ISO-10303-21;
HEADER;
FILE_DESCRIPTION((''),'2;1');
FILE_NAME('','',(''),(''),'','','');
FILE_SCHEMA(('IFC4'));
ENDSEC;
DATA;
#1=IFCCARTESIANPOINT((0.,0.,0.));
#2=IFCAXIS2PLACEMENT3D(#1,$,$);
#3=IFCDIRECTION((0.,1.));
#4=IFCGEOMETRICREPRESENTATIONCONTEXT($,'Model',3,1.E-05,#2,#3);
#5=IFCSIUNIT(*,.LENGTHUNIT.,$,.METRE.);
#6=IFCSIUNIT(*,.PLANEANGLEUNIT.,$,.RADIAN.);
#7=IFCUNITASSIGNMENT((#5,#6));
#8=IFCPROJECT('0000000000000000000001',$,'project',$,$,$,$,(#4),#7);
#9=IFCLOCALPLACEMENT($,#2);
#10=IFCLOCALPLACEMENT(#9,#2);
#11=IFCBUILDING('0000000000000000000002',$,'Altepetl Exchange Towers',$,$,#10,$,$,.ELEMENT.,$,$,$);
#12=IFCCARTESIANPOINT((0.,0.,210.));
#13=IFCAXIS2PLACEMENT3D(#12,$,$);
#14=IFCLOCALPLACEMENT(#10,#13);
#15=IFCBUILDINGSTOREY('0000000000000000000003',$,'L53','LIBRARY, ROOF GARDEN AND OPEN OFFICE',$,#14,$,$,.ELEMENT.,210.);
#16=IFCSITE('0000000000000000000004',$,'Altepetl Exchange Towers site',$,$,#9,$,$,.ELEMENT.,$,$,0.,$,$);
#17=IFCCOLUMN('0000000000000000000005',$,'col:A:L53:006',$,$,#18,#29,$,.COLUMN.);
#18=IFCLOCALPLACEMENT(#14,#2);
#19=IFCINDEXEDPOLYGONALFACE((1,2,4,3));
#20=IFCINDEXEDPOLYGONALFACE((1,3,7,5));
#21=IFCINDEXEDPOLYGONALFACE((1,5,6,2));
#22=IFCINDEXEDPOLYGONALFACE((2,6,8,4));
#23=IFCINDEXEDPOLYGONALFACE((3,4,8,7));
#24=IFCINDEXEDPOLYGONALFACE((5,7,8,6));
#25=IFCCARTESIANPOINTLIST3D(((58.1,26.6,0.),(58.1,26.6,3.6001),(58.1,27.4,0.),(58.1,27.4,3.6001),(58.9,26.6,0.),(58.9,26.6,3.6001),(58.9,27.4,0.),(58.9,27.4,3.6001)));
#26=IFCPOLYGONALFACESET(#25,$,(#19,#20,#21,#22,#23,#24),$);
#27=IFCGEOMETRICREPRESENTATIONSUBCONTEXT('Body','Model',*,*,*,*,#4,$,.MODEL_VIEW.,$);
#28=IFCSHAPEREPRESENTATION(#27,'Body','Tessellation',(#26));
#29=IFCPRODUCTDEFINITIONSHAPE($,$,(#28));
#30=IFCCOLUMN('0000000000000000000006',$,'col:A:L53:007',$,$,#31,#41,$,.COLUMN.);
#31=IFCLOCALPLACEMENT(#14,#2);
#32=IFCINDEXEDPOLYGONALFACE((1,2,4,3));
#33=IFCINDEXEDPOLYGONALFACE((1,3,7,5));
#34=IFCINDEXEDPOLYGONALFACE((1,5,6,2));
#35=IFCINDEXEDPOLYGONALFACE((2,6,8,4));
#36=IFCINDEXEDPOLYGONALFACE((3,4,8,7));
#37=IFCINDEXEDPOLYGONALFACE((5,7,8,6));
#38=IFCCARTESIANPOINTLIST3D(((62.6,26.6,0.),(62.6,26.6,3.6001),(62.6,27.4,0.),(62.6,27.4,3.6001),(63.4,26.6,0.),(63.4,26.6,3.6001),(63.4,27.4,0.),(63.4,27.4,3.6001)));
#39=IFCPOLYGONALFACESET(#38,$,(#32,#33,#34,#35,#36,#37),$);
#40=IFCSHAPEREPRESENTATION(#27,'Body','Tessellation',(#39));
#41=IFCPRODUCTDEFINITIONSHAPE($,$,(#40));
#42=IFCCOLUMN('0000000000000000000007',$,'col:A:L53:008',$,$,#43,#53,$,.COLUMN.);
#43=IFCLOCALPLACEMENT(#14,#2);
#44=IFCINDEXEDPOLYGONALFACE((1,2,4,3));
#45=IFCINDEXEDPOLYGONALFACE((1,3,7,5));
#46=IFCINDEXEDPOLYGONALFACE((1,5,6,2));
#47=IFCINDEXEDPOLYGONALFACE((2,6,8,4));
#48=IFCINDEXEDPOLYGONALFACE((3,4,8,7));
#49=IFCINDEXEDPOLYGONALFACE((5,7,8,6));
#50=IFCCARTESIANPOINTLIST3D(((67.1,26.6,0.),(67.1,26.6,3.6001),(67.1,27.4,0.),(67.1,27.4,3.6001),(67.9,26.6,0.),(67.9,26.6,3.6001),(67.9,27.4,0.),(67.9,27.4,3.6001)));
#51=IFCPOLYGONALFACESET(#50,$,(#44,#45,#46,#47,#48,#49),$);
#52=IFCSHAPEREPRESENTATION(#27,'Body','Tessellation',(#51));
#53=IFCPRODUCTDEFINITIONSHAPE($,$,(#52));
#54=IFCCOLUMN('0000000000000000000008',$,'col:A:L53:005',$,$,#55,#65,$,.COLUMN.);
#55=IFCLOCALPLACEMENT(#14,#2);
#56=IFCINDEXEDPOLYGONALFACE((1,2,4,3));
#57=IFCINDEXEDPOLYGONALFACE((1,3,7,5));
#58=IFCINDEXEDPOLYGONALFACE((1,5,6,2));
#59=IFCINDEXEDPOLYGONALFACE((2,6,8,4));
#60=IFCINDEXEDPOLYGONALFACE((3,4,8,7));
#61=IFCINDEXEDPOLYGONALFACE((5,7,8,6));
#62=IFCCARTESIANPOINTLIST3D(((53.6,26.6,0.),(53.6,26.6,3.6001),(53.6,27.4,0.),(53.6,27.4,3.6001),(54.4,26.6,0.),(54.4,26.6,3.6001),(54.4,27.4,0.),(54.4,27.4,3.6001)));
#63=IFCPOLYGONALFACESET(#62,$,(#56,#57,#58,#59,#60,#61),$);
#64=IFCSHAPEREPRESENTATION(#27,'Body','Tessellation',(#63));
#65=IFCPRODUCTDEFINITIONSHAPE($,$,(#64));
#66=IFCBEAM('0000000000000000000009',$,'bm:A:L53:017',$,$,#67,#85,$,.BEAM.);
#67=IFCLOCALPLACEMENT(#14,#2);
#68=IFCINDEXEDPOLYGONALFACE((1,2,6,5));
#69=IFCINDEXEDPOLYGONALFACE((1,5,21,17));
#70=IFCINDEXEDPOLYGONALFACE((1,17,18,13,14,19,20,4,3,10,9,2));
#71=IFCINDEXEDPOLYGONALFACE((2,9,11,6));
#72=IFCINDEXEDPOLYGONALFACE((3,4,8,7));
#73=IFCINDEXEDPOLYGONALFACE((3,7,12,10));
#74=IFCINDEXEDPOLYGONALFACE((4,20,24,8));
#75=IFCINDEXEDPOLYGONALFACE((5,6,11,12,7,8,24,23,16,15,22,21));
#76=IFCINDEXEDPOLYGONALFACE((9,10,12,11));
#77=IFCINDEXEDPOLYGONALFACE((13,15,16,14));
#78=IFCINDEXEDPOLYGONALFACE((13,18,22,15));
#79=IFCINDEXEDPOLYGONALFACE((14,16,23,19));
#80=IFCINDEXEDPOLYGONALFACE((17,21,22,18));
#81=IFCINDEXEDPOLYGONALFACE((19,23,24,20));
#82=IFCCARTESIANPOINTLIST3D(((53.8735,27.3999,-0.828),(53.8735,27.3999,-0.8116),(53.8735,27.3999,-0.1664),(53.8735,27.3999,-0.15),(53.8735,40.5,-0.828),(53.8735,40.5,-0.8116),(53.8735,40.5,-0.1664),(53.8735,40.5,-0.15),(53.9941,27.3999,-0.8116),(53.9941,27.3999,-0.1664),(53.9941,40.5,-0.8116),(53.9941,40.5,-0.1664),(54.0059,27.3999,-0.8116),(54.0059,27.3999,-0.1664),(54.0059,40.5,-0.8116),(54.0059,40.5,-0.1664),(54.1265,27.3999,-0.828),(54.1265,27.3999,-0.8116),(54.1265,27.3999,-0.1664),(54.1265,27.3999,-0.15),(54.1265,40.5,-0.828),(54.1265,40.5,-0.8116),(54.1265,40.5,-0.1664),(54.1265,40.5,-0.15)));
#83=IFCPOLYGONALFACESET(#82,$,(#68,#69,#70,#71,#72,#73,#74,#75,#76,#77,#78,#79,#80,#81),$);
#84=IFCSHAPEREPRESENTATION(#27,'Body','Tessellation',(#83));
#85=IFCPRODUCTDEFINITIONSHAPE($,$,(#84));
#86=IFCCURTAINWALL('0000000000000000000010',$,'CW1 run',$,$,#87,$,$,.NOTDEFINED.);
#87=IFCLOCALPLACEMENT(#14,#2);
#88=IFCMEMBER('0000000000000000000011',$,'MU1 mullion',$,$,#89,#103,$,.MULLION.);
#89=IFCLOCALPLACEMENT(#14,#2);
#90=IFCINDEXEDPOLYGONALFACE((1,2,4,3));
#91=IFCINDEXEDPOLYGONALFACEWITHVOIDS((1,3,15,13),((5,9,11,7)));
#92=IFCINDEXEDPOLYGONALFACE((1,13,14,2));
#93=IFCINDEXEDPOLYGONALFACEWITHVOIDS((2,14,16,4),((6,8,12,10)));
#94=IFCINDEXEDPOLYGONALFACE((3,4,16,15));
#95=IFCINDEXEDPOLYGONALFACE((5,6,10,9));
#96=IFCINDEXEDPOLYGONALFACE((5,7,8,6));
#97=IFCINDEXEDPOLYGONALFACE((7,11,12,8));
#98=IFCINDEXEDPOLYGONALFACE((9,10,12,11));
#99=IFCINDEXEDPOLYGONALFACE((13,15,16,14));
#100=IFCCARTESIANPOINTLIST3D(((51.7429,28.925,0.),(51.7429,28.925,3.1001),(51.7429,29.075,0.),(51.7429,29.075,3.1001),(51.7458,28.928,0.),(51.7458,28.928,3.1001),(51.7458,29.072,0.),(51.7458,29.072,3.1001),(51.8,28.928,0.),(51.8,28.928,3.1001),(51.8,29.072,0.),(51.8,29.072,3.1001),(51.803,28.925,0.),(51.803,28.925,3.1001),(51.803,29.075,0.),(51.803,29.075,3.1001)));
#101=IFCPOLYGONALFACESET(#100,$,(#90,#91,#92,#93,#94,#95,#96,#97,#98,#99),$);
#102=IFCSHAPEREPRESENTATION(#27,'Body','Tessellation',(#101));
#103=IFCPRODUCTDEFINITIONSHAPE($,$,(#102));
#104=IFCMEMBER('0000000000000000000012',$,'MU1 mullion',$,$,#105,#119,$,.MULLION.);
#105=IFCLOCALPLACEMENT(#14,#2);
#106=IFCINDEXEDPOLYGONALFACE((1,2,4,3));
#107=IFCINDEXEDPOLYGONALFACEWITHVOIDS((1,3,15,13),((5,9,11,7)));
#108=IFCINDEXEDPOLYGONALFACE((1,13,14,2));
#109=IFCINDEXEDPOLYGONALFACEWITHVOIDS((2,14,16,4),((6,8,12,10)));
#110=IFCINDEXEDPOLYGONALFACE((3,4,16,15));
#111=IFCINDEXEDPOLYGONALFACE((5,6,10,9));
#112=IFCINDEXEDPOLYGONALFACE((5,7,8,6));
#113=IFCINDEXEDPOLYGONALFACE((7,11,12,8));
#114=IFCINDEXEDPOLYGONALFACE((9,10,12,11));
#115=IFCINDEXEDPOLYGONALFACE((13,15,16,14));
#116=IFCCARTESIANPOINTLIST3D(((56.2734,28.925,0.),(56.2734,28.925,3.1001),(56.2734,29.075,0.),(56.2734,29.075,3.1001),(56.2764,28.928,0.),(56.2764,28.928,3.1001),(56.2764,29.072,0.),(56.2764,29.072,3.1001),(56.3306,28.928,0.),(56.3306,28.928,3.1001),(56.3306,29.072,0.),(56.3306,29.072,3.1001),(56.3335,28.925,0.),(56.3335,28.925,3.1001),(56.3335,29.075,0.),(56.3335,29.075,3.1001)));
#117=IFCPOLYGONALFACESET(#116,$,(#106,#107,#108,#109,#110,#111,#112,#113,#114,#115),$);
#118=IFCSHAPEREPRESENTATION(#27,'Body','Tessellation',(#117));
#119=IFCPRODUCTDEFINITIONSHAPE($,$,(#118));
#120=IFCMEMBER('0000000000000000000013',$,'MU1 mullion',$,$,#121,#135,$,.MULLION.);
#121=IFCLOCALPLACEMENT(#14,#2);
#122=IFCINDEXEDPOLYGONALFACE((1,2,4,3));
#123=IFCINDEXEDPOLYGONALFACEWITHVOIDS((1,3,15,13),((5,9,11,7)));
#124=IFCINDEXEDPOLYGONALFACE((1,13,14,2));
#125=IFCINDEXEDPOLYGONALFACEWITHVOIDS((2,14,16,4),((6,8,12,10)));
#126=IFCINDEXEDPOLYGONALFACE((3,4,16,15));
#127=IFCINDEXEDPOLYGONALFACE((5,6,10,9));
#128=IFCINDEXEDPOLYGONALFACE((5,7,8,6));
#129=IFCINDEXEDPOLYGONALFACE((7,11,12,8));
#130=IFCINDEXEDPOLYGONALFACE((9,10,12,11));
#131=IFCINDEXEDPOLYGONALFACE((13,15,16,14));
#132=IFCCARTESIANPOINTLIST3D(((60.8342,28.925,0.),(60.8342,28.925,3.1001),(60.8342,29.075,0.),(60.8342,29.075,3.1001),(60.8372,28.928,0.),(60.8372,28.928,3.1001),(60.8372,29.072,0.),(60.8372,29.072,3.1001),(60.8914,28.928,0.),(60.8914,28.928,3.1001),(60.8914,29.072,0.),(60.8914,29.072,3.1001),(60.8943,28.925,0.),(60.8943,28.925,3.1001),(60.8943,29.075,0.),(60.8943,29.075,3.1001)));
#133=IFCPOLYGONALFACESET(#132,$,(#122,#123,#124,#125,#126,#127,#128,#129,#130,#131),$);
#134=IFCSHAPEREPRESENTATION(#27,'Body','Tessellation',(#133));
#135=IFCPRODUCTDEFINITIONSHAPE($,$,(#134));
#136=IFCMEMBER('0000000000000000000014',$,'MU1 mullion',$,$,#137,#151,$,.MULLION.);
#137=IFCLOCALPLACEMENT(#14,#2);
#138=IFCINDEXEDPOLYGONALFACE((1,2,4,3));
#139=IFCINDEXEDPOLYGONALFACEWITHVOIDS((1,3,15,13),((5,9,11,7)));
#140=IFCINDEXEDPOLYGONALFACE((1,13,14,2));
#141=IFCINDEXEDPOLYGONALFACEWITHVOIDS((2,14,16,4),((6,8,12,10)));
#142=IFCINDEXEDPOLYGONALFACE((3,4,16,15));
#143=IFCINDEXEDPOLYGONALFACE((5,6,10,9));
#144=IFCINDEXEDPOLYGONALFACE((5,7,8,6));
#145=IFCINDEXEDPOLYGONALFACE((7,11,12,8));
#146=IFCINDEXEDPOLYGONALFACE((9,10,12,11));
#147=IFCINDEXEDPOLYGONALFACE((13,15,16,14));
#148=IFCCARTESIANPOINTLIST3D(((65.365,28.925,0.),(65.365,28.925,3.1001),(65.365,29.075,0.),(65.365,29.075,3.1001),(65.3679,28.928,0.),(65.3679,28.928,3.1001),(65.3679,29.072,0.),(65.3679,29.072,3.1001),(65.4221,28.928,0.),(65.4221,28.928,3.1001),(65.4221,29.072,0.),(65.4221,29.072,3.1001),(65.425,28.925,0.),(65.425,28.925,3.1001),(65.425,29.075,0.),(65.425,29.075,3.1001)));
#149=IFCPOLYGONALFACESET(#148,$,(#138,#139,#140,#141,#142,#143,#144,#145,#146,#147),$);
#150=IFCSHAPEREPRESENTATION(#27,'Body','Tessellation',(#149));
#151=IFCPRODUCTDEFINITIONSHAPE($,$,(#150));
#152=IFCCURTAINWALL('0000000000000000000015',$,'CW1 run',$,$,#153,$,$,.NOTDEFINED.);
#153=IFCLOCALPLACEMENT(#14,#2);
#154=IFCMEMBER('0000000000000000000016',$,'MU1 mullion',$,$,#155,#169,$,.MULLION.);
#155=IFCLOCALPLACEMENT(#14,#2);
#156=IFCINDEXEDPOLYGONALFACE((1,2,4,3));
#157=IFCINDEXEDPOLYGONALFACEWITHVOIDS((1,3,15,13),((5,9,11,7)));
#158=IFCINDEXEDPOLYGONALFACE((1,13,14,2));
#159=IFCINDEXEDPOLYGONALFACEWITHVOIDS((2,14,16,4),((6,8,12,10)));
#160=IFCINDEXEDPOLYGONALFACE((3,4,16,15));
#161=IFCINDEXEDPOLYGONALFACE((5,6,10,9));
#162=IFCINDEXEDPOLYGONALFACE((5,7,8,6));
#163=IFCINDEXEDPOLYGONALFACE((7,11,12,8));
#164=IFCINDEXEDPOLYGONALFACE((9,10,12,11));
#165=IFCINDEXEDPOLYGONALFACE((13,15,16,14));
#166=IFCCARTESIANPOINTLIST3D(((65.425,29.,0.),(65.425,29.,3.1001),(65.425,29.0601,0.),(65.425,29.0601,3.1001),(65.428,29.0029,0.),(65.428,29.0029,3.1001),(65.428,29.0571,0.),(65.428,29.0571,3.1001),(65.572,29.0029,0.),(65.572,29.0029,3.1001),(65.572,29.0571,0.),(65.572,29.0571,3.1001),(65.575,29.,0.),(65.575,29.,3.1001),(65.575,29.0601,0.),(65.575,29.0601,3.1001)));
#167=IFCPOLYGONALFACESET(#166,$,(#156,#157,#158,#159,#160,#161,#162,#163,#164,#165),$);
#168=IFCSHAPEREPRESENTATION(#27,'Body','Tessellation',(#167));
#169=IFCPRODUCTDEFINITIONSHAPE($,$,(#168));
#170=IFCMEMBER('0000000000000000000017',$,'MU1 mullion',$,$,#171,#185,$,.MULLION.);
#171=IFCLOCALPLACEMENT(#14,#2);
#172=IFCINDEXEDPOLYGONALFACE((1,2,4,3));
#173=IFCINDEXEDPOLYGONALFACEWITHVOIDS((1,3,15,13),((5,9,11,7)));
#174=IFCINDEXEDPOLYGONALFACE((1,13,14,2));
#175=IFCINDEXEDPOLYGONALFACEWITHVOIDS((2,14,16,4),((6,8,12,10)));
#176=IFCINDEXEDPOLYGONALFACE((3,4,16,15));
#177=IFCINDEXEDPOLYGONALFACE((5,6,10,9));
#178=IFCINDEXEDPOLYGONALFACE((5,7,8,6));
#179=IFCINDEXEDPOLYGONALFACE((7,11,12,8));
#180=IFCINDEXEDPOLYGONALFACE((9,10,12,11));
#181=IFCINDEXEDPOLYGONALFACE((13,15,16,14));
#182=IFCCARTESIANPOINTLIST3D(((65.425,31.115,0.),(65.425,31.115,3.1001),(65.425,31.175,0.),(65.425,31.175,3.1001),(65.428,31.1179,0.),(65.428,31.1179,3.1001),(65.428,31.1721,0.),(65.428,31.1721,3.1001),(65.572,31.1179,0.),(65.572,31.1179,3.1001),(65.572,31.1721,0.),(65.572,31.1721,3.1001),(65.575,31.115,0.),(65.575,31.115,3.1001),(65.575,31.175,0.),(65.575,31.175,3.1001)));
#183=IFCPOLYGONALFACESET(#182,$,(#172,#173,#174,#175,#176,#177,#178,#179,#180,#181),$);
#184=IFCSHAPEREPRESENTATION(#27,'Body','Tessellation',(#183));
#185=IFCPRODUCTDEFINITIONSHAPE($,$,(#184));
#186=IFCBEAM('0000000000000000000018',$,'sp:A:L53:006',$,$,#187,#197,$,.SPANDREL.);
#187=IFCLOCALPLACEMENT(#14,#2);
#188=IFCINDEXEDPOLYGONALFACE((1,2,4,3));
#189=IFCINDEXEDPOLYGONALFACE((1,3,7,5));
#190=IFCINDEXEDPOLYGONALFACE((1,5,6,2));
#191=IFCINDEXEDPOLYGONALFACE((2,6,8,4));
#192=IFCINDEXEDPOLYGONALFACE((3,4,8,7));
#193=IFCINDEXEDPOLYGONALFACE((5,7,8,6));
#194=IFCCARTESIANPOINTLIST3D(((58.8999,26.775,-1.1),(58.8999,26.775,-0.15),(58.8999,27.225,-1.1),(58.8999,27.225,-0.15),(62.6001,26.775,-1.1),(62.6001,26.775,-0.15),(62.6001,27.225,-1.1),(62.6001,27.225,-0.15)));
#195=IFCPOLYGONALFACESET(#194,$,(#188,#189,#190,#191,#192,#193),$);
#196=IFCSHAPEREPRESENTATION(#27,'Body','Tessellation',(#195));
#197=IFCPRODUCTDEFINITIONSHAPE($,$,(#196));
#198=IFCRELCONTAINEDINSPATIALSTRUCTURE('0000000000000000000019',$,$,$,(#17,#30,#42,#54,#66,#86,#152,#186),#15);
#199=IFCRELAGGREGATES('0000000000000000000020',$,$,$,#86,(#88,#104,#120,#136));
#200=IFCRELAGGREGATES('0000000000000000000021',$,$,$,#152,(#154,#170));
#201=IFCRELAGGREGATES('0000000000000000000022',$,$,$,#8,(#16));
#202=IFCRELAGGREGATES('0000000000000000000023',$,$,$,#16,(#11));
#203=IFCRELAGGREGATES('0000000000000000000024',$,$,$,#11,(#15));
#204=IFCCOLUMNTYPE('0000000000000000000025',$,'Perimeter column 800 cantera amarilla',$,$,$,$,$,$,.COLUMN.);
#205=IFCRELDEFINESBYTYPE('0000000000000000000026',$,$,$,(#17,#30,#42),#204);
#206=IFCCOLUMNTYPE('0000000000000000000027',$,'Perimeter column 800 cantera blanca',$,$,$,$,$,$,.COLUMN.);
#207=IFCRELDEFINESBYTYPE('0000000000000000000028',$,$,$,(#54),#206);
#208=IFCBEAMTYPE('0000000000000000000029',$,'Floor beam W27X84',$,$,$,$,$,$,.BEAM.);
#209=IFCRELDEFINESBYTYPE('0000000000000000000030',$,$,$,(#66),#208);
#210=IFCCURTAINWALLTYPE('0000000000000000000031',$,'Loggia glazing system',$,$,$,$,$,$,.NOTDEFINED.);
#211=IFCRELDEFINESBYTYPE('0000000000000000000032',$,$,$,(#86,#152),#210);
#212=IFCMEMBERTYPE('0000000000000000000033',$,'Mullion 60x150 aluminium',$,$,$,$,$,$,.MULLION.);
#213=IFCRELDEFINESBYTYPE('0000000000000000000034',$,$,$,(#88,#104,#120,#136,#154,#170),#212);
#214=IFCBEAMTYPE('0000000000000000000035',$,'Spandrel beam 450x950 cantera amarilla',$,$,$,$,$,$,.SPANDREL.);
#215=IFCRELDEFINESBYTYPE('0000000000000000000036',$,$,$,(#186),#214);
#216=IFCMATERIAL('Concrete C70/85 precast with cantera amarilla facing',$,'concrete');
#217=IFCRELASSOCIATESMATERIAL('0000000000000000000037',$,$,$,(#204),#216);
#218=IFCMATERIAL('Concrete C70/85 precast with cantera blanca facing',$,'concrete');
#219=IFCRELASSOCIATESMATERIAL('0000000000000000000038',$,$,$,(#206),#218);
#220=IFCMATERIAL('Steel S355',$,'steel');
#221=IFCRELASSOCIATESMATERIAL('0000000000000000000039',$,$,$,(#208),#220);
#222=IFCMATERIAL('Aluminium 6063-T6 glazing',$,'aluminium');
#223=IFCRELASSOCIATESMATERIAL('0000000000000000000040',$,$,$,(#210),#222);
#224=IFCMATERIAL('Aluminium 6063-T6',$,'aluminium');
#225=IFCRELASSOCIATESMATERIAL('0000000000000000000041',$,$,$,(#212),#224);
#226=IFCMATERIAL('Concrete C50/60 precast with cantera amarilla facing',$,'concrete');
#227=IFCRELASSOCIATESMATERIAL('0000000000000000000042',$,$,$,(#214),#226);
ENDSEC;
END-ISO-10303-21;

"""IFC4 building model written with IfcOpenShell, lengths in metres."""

from ifc_helpers import new_model, si_unit, direction, frame, origin, origin_2d, place, context, subcontext, project, spatial, rectangle, hollow_rectangle, i_section, extrude, material, material_profile, profile_set, type_object, element, aggregate, save


model = new_model("IFC4")

# Units and contexts
model_context = context("Model", 3, precision=1e-05, world=origin(), true_north=direction((0.0, 1.0)))
body_context = subcontext(model_context, "Body", "Model", "MODEL_VIEW")
ifc_project = project(units=[si_unit("LENGTHUNIT", "METRE"), si_unit("PLANEANGLEUNIT", "RADIAN")], contexts=[model_context])

# Site, building, storey
site_placement = place(None, origin())
site = spatial("IfcSite", under=ifc_project, at=site_placement, Name="Altepetl Exchange Towers site", CompositionType="ELEMENT", RefElevation=0.0)
building_placement = place(site_placement, origin())
building = spatial("IfcBuilding", under=site, at=building_placement, Name="Altepetl Exchange Towers", CompositionType="ELEMENT")
storey_placement = place(building_placement, frame((0.0, 0.0, 210.0)))
storey = spatial("IfcBuildingStorey", under=building, at=storey_placement, Name="L53", Description="LIBRARY, ROOF GARDEN AND OPEN OFFICE", CompositionType="ELEMENT", Elevation=210.0)

# Columns
ifc_material_1 = material(Name="Concrete C70/85 precast with cantera amarilla facing", Category="concrete")
ifc_material_profile_1 = material_profile(ifc_material_1, rectangle(XDim=0.8, YDim=0.8, at=origin_2d()), Name="800 x 800")
ifc_profile_set_1 = profile_set([ifc_material_profile_1], Name="Concrete C70/85 precast with cantera amarilla facing")
column_type_1 = type_object("IfcColumnType", Name="Perimeter column 800 cantera amarilla", PredefinedType="COLUMN", material=ifc_profile_set_1)
for number, where, name in (
    (1, (58.5, 27.0, 0.0), "col:A:L53:006"),
    (2, (63.0, 27.0, 0.0), "col:A:L53:007"),
    (3, (67.5, 27.0, 0.0), "col:A:L53:008"),
):
    element("IfcColumn", number, at=place(storey_placement, frame(where)), inside=storey, type_object=column_type_1, Name=name, PredefinedType="COLUMN", context=body_context, shape_type="SweptSolid", body=[
        extrude(rectangle(XDim=0.8, YDim=0.8, at=origin_2d()), origin(), (0.0, 0.0, 1.0), 3.6001),
    ])
ifc_material_2 = material(Name="Concrete C70/85 precast with cantera blanca facing", Category="concrete")
ifc_material_profile_2 = material_profile(ifc_material_2, rectangle(XDim=0.8, YDim=0.8, at=origin_2d()), Name="800 x 800")
ifc_profile_set_2 = profile_set([ifc_material_profile_2], Name="Concrete C70/85 precast with cantera blanca facing")
column_type_2 = type_object("IfcColumnType", Name="Perimeter column 800 cantera blanca", PredefinedType="COLUMN", material=ifc_profile_set_2)
column_placement = place(storey_placement, frame((54.0, 27.0, 0.0)))
element("IfcColumn", 4, at=column_placement, inside=storey, type_object=column_type_2, Name="col:A:L53:005", PredefinedType="COLUMN", context=body_context, shape_type="SweptSolid", body=[
    extrude(rectangle(XDim=0.8, YDim=0.8, at=origin_2d()), origin(), (0.0, 0.0, 1.0), 3.6001),
])

# Beam
ifc_material_3 = material(Name="Steel S355", Category="steel")
ifc_material_profile_3 = material_profile(ifc_material_3, i_section(OverallWidth=0.2529, OverallDepth=0.678, WebThickness=0.0117, FlangeThickness=0.0164, at=origin_2d()), Name="W27X84")
ifc_profile_set_3 = profile_set([ifc_material_profile_3], Name="Steel S355")
beam_type_1 = type_object("IfcBeamType", Name="Floor beam W27X84", PredefinedType="BEAM", material=ifc_profile_set_3)
beam_1_placement = place(storey_placement, frame((54.0, 27.3999, -0.489), z_axis=(0.0, 1.0, 0.0), x_axis=(-1.0, 0.0, 0.0)))
element("IfcBeam", 5, at=beam_1_placement, inside=storey, type_object=beam_type_1, Name="bm:A:L53:017", PredefinedType="BEAM", context=body_context, shape_type="SweptSolid", body=[
    extrude(i_section(OverallWidth=0.2529, OverallDepth=0.678, WebThickness=0.0117, FlangeThickness=0.0164, at=origin_2d()), origin(), (0.0, 0.0, 1.0), 13.1001),
])

# Curtain walls, members
ifc_material_4 = material(Name="Aluminium 6063-T6 glazing", Category="aluminium")
curtain_wall_type = type_object("IfcCurtainWallType", Name="Loggia glazing system", PredefinedType="NOTDEFINED", material=ifc_material_4)
curtain_wall_1_placement = place(storey_placement, origin())
curtain_wall_1 = element("IfcCurtainWall", 6, at=curtain_wall_1_placement, inside=storey, type_object=curtain_wall_type, Name="CW1 run", PredefinedType="NOTDEFINED")
ifc_material_5 = material(Name="Aluminium 6063-T6", Category="aluminium")
ifc_material_profile_4 = material_profile(ifc_material_5, hollow_rectangle(XDim=0.0601, YDim=0.1499, WallThickness=0.0029, at=origin_2d()), Name="Mullion 60x150 aluminium")
ifc_profile_set_4 = profile_set([ifc_material_profile_4], Name="Aluminium 6063-T6")
member_type = type_object("IfcMemberType", Name="Mullion 60x150 aluminium", PredefinedType="MULLION", material=ifc_profile_set_4)
member_1_placement = place(storey_placement, frame((51.7729, 29.0, 0.0)))
member_1 = element("IfcMember", 7, at=member_1_placement, type_object=member_type, Name="MU1 mullion", PredefinedType="MULLION", context=body_context, shape_type="SweptSolid", body=[
    extrude(hollow_rectangle(XDim=0.0601, YDim=0.1499, WallThickness=0.0029, at=origin_2d()), origin(), (0.0, 0.0, 1.0), 3.1001),
])
member_2_placement = place(storey_placement, frame((56.3035, 29.0, 0.0)))
member_2 = element("IfcMember", 8, at=member_2_placement, type_object=member_type, Name="MU1 mullion", PredefinedType="MULLION", context=body_context, shape_type="SweptSolid", body=[
    extrude(hollow_rectangle(XDim=0.0601, YDim=0.1499, WallThickness=0.0029, at=origin_2d()), origin(), (0.0, 0.0, 1.0), 3.1001),
])
member_3_placement = place(storey_placement, frame((60.8643, 29.0, 0.0)))
member_3 = element("IfcMember", 9, at=member_3_placement, type_object=member_type, Name="MU1 mullion", PredefinedType="MULLION", context=body_context, shape_type="SweptSolid", body=[
    extrude(hollow_rectangle(XDim=0.0601, YDim=0.1499, WallThickness=0.0029, at=origin_2d()), origin(), (0.0, 0.0, 1.0), 3.1001),
])
member_4_placement = place(storey_placement, frame((65.395, 29.0, 0.0)))
member_4 = element("IfcMember", 10, at=member_4_placement, type_object=member_type, Name="MU1 mullion", PredefinedType="MULLION", context=body_context, shape_type="SweptSolid", body=[
    extrude(hollow_rectangle(XDim=0.0601, YDim=0.1499, WallThickness=0.0029, at=origin_2d()), origin(), (0.0, 0.0, 1.0), 3.1001),
])
curtain_wall_2_placement = place(storey_placement, origin())
curtain_wall_2 = element("IfcCurtainWall", 11, at=curtain_wall_2_placement, inside=storey, type_object=curtain_wall_type, Name="CW1 run", PredefinedType="NOTDEFINED")
member_5_placement = place(storey_placement, frame((65.5, 29.03, 0.0), z_axis=(0.0, 0.0, 1.0), x_axis=(0.0, 1.0, 0.0)))
member_5 = element("IfcMember", 12, at=member_5_placement, type_object=member_type, Name="MU1 mullion", PredefinedType="MULLION", context=body_context, shape_type="SweptSolid", body=[
    extrude(hollow_rectangle(XDim=0.0601, YDim=0.1499, WallThickness=0.0029, at=origin_2d()), origin(), (0.0, 0.0, 1.0), 3.1001),
])
member_6_placement = place(storey_placement, frame((65.5, 31.145, 0.0), z_axis=(0.0, 0.0, 1.0), x_axis=(0.0, 1.0, 0.0)))
member_6 = element("IfcMember", 13, at=member_6_placement, type_object=member_type, Name="MU1 mullion", PredefinedType="MULLION", context=body_context, shape_type="SweptSolid", body=[
    extrude(hollow_rectangle(XDim=0.0601, YDim=0.1499, WallThickness=0.0029, at=origin_2d()), origin(), (0.0, 0.0, 1.0), 3.1001),
])

# Beam
ifc_material_6 = material(Name="Concrete C50/60 precast with cantera amarilla facing", Category="concrete")
ifc_material_profile_5 = material_profile(ifc_material_6, rectangle(XDim=0.45, YDim=0.95, at=origin_2d()), Name="450 x 950")
ifc_profile_set_5 = profile_set([ifc_material_profile_5], Name="Concrete C50/60 precast with cantera amarilla facing")
beam_type_2 = type_object("IfcBeamType", Name="Spandrel beam 450x950 cantera amarilla", PredefinedType="SPANDREL", material=ifc_profile_set_5)
for number, where, z_axis, x_axis, name in (
    (14, (58.8999, 27.0, -0.625), (1.0, 0.0, 0.0), (0.0, 1.0, 0.0), "sp:A:L53:006"),
):
    element("IfcBeam", number, at=place(storey_placement, frame(where, z_axis=z_axis, x_axis=x_axis)), inside=storey, type_object=beam_type_2, Name=name, PredefinedType="SPANDREL", context=body_context, shape_type="SweptSolid", body=[
        extrude(rectangle(XDim=0.45, YDim=0.95, at=origin_2d()), origin(), (0.0, 0.0, 1.0), 3.7002),
    ])

aggregate(curtain_wall_1, [member_1, member_2, member_3, member_4])
aggregate(curtain_wall_2, [member_5, member_6])

save(model, "model.ifc")
